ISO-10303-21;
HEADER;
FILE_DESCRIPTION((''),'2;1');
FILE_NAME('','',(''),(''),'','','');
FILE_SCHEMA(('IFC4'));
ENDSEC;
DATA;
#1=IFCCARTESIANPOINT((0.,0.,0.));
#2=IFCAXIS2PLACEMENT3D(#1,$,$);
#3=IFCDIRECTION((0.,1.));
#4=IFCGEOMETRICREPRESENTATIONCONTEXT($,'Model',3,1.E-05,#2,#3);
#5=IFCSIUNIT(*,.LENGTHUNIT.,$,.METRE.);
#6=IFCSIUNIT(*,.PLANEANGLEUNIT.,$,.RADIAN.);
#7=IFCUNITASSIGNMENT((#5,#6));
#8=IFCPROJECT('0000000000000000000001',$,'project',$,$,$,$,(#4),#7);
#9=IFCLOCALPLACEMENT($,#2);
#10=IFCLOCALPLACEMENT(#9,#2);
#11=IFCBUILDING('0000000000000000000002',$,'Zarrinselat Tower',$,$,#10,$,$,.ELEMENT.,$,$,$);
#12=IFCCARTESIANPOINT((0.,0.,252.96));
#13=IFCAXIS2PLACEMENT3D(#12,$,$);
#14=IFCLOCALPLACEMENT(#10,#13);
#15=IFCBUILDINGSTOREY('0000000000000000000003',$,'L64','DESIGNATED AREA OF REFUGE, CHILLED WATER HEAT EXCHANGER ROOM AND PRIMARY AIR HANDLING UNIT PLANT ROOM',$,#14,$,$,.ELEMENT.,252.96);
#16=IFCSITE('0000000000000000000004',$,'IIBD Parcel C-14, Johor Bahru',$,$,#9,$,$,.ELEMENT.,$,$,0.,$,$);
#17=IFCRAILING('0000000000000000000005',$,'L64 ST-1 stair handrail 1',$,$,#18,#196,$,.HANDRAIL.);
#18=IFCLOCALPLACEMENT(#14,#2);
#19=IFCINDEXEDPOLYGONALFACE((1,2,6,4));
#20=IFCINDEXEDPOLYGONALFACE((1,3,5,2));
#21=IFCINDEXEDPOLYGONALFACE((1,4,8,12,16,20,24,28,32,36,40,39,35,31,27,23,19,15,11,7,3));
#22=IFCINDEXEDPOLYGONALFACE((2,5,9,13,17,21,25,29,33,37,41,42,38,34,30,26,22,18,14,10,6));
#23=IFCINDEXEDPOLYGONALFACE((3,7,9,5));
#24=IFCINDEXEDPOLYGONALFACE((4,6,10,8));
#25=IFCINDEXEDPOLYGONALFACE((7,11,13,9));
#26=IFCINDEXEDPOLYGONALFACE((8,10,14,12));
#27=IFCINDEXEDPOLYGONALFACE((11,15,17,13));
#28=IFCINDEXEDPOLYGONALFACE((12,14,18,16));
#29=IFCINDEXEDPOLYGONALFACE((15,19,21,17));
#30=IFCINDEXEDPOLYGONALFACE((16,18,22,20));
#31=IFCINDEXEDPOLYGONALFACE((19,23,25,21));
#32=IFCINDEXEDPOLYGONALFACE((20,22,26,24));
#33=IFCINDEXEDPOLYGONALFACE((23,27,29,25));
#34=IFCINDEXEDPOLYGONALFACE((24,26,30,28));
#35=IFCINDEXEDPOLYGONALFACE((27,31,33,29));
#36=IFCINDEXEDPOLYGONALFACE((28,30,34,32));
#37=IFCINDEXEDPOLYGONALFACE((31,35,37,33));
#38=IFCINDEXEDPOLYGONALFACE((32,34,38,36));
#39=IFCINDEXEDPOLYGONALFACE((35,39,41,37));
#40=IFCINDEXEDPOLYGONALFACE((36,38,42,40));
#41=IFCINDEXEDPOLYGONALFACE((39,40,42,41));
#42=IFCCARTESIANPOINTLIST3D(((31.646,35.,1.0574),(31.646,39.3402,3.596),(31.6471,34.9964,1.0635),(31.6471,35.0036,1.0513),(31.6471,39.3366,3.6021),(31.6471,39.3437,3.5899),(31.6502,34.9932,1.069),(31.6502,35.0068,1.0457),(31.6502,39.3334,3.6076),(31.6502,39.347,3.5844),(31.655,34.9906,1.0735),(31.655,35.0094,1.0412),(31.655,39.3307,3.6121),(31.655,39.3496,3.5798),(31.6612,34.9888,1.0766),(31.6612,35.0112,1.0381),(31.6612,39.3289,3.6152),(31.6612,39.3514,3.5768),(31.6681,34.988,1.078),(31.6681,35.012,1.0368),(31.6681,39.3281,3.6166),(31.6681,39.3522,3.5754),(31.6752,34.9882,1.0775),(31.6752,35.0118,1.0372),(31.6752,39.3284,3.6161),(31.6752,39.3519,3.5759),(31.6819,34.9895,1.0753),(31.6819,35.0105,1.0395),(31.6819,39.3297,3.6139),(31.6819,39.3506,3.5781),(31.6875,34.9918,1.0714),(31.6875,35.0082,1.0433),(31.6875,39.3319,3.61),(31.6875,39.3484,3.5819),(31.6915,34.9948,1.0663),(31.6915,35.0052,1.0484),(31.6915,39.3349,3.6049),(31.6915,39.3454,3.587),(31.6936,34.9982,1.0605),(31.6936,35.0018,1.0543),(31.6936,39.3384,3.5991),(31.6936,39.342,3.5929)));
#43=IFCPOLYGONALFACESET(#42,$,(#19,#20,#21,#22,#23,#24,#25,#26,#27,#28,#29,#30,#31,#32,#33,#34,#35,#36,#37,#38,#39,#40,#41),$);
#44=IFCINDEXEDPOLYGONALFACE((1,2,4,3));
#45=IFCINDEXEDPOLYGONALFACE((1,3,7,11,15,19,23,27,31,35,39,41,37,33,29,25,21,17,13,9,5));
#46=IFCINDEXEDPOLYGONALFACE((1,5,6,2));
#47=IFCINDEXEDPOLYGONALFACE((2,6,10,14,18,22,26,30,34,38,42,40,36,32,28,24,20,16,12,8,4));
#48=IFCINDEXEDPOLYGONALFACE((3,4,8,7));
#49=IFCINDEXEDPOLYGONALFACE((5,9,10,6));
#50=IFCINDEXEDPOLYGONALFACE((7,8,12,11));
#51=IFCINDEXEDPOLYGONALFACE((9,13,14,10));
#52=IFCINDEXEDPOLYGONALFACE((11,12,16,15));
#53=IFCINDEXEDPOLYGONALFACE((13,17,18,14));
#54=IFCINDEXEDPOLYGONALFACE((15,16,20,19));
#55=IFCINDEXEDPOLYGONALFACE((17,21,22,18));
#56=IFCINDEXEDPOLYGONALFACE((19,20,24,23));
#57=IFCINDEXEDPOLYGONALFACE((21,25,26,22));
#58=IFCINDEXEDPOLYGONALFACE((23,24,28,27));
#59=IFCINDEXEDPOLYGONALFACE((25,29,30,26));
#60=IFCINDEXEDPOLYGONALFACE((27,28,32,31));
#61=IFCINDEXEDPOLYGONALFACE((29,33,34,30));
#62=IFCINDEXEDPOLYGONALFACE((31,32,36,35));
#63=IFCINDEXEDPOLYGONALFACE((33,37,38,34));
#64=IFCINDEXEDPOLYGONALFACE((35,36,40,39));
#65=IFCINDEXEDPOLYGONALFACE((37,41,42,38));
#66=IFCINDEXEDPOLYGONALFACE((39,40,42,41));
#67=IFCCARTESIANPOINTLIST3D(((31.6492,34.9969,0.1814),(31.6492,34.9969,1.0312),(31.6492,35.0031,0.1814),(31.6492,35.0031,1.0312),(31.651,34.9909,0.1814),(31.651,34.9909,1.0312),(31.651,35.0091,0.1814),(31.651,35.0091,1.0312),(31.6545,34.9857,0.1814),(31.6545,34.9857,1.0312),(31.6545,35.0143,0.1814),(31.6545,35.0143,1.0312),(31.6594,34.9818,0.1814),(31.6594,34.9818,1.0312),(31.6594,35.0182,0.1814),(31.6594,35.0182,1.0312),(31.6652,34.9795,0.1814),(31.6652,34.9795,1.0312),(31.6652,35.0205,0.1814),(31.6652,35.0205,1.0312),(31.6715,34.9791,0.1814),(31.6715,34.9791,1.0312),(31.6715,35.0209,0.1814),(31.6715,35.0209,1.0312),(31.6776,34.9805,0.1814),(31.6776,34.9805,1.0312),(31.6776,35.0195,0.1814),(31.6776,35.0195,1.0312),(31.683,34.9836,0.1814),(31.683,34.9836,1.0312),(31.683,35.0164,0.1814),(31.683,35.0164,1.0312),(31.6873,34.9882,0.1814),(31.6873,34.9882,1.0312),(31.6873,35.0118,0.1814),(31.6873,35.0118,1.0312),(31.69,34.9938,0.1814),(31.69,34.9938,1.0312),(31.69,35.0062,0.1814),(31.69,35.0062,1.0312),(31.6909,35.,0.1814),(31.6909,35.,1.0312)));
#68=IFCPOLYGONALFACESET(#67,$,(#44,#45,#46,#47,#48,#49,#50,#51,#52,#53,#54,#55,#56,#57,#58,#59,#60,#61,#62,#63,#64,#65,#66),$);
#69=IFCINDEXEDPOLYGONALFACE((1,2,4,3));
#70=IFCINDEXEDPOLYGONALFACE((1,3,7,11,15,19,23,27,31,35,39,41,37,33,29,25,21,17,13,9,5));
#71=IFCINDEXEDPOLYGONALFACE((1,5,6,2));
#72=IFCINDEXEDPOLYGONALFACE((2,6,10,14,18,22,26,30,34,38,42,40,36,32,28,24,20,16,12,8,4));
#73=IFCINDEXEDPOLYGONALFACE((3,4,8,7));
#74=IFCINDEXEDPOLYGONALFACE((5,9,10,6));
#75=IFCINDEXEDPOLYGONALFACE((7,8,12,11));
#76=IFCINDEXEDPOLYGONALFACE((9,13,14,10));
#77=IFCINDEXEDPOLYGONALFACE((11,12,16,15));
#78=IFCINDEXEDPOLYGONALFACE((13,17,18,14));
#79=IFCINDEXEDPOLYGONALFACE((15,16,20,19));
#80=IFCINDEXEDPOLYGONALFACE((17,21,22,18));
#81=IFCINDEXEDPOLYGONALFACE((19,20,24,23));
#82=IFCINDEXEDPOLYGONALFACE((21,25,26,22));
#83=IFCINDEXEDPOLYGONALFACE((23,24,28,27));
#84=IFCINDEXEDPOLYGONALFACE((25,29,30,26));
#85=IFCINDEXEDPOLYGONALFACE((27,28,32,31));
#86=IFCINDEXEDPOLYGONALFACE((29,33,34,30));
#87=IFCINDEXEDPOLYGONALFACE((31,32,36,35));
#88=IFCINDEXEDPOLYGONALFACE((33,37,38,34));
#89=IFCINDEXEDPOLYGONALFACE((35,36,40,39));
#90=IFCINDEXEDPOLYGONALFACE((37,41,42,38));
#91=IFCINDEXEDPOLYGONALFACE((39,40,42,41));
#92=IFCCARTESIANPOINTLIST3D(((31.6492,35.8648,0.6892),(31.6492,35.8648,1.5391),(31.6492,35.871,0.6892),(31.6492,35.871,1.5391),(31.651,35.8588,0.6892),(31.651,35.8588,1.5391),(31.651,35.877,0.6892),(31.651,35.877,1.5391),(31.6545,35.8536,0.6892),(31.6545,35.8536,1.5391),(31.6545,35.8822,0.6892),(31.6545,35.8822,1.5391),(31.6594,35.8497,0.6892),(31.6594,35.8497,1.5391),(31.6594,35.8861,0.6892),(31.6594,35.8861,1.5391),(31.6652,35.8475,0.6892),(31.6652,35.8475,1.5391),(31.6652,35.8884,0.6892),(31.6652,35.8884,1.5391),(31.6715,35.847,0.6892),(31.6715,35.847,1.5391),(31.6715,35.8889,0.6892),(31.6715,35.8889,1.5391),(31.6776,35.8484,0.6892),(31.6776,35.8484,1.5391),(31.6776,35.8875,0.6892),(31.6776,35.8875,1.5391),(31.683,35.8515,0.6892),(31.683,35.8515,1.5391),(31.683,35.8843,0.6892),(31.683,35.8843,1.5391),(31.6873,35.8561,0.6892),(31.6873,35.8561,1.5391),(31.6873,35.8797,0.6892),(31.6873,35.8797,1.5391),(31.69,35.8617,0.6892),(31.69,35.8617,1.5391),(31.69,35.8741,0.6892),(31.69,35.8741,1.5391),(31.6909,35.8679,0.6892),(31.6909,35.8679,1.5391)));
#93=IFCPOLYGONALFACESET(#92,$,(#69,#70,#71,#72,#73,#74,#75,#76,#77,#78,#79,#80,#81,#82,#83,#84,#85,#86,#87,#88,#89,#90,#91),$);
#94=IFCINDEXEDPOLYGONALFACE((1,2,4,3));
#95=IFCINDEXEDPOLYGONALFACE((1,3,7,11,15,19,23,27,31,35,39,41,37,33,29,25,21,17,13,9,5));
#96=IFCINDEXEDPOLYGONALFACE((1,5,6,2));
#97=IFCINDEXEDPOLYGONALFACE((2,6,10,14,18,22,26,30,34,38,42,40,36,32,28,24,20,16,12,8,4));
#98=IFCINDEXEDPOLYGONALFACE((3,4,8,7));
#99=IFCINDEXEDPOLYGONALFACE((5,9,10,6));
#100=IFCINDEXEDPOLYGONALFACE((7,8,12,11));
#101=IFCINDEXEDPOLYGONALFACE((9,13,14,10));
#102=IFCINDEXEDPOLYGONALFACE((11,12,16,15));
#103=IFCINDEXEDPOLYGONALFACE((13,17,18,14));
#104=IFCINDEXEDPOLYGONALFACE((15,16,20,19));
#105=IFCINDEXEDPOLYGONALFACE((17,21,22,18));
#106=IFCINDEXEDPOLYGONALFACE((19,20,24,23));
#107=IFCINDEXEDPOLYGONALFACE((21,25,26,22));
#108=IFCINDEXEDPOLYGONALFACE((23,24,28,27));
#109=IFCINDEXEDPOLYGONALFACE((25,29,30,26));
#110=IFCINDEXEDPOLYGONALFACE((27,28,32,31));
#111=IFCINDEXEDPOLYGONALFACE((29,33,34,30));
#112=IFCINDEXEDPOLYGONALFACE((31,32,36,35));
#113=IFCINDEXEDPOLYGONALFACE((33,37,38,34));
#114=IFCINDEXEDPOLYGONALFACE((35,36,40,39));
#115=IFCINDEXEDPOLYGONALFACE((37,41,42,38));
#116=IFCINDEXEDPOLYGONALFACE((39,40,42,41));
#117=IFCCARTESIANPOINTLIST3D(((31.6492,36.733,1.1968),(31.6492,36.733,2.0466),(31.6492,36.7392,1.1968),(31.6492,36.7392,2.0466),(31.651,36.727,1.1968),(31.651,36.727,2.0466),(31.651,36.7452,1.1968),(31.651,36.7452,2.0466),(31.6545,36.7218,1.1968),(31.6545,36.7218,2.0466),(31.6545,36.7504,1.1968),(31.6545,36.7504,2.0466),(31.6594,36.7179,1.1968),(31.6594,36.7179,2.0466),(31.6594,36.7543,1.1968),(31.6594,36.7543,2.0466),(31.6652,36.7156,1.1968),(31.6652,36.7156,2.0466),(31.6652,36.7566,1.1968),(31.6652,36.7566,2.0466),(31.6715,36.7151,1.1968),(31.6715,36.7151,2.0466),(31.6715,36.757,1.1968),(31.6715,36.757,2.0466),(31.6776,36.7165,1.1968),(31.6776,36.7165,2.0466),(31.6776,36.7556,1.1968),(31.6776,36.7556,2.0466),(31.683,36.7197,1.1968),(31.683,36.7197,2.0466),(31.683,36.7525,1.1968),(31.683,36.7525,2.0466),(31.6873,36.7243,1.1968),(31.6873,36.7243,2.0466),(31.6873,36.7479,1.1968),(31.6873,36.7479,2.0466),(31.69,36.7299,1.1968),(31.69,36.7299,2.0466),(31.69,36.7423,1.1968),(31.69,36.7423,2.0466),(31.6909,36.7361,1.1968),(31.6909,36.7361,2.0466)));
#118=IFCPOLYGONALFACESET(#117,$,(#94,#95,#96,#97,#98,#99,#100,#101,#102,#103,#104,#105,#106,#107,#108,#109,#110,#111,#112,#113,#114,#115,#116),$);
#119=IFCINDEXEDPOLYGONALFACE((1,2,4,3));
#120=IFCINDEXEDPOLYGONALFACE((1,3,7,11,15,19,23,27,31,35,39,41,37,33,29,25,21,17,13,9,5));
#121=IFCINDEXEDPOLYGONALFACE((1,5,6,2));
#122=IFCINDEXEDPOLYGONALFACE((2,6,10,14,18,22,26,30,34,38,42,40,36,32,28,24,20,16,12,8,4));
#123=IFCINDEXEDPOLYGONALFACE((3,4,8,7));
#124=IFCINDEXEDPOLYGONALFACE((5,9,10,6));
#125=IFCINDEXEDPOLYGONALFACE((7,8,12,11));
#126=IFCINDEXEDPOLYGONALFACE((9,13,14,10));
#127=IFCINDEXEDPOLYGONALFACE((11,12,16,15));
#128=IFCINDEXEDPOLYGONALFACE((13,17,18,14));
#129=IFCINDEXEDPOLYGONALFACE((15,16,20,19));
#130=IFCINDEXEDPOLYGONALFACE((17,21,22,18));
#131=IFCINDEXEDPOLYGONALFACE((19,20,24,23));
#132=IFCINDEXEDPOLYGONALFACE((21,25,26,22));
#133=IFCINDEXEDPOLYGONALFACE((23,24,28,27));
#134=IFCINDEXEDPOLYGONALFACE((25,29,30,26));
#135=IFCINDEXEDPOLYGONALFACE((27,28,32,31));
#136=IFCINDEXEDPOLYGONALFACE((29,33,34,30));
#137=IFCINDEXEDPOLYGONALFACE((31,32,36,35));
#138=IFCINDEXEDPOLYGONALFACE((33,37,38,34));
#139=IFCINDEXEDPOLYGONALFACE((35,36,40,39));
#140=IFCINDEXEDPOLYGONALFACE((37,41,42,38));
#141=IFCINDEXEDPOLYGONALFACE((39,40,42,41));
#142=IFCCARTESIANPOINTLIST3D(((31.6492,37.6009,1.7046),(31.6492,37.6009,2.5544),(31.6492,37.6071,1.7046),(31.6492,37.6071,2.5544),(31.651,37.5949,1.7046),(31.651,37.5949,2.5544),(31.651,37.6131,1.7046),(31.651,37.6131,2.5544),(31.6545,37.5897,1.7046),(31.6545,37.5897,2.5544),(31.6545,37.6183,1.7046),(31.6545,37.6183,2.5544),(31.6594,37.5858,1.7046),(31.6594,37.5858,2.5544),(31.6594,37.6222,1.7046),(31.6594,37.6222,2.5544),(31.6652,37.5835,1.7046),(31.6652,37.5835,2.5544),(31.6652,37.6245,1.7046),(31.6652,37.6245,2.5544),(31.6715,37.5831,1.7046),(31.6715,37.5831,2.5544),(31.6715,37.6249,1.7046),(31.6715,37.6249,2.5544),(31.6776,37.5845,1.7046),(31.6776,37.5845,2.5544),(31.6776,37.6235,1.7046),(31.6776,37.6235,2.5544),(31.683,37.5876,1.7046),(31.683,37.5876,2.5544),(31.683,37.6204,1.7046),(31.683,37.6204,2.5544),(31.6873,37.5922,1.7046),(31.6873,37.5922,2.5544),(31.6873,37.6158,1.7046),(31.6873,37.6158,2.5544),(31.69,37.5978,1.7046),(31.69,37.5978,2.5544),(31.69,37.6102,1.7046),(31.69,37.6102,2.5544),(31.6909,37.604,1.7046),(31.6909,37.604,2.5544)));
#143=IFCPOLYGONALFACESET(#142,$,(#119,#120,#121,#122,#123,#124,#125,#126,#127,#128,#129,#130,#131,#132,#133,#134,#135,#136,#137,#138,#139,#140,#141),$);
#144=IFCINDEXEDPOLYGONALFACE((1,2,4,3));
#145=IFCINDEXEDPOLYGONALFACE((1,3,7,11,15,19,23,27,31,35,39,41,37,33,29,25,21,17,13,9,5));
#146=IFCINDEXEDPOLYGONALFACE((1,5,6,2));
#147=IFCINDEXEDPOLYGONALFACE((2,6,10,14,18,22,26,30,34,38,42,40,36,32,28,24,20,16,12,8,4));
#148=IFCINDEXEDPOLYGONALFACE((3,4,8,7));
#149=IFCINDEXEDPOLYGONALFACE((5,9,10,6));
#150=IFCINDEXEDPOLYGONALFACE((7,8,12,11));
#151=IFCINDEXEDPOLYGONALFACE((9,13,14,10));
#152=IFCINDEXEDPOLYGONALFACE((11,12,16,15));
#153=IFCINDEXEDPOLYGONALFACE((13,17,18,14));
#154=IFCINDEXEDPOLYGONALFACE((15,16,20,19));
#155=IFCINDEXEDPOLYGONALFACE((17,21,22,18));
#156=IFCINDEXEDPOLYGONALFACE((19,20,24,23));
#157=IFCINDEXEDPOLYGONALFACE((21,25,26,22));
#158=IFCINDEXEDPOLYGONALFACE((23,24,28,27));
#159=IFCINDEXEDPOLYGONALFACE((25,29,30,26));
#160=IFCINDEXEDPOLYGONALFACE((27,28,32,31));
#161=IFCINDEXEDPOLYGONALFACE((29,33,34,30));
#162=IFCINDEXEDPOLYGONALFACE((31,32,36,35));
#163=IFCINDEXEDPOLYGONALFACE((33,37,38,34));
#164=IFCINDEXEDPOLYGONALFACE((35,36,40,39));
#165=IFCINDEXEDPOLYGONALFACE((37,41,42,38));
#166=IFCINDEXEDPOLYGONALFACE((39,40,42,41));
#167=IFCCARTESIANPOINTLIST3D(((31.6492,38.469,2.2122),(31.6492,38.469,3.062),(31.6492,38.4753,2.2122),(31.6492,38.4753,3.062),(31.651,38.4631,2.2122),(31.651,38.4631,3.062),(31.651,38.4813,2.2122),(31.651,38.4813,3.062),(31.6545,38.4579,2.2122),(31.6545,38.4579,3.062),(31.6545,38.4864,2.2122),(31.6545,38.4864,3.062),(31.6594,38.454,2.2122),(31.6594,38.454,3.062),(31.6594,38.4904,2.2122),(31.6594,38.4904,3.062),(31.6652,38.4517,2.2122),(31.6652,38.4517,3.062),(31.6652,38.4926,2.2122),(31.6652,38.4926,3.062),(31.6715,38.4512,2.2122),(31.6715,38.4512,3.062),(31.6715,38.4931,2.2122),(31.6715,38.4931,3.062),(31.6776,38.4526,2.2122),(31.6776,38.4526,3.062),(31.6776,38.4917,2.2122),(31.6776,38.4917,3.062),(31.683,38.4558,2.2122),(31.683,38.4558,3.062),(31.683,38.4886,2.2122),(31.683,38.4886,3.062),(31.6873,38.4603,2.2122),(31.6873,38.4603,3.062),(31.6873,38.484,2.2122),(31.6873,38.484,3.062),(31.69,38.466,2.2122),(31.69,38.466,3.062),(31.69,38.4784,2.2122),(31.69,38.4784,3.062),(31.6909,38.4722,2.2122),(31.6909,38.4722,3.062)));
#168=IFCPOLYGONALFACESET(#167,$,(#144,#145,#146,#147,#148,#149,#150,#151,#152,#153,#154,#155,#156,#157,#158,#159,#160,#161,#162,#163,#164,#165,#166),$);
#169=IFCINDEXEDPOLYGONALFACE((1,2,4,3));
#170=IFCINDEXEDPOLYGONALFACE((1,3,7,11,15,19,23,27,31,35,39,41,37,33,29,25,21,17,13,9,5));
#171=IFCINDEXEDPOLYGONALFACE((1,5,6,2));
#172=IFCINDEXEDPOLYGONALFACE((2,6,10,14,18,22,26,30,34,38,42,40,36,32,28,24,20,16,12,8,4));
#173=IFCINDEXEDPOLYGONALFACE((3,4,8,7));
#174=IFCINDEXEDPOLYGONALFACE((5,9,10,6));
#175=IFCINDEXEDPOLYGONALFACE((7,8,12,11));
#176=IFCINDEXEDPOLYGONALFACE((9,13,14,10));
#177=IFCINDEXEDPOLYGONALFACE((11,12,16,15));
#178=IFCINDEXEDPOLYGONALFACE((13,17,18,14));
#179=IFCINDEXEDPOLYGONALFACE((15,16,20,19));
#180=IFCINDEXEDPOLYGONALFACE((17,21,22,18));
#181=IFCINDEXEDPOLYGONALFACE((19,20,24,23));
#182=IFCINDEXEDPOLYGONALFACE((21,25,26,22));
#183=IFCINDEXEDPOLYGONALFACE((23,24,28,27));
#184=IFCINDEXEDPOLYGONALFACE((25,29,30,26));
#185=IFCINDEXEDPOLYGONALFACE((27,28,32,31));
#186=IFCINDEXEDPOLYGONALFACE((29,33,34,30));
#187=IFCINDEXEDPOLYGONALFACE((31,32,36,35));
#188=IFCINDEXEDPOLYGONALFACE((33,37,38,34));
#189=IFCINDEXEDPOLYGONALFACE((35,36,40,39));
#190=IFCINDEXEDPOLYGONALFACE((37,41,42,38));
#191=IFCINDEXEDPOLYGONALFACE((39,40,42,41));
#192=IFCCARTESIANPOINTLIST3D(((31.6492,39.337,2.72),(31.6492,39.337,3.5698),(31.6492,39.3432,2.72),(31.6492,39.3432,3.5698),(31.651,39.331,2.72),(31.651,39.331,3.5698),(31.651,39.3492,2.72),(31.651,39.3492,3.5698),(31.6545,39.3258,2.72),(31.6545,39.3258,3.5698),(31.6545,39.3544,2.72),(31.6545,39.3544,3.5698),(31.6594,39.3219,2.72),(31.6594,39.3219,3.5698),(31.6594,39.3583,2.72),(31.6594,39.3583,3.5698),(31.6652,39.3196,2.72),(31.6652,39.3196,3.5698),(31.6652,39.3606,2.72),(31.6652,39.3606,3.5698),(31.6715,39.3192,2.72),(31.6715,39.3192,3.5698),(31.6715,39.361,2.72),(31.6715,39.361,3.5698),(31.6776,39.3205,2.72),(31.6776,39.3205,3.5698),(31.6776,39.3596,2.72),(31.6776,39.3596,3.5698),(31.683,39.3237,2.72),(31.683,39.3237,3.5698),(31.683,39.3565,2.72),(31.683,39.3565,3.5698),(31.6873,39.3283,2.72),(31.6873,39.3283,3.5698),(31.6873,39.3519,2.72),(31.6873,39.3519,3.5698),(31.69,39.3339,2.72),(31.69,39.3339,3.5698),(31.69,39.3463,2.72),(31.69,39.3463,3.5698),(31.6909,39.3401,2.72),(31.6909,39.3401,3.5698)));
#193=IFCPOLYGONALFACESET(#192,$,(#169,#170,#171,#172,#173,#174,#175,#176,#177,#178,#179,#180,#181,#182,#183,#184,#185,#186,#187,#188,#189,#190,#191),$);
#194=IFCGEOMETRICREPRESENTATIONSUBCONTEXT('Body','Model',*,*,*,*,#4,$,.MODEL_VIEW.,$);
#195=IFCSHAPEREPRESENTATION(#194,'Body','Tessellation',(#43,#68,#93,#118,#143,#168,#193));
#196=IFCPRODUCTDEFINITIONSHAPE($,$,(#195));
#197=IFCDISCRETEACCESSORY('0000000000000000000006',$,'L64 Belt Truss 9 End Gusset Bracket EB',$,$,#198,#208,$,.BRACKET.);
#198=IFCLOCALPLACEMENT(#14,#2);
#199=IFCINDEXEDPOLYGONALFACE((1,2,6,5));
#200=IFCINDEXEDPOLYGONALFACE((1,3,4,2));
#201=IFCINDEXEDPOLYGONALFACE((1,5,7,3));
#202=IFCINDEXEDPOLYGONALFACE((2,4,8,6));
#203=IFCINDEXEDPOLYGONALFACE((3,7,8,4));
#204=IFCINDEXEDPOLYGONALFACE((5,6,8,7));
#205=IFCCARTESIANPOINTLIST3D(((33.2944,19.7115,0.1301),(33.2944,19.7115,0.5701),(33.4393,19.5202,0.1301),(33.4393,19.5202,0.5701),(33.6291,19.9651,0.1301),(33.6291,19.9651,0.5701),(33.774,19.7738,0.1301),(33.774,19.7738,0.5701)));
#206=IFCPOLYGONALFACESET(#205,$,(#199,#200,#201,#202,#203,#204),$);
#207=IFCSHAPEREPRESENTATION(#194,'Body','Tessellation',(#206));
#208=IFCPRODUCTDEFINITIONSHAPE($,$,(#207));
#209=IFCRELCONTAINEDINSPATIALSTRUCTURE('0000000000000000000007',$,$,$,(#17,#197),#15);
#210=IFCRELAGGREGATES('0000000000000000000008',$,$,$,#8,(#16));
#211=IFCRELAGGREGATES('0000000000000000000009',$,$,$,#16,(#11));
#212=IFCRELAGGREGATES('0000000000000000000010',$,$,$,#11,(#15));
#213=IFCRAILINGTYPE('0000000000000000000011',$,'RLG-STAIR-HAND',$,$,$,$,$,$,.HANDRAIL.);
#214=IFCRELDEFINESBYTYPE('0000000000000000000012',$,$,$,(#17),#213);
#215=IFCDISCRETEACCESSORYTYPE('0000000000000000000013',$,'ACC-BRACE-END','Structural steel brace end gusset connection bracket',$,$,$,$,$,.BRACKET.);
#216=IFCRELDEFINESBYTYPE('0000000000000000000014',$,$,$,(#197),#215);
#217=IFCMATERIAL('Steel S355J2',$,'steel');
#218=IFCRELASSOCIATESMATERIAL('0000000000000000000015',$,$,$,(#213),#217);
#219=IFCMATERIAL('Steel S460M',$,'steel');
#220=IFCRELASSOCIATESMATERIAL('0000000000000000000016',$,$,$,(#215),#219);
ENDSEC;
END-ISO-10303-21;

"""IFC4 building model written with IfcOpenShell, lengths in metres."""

from ifc_helpers import new_model, si_unit, direction, frame, origin, origin_2d, place, context, subcontext, project, spatial, rectangle, circle, extrude, material, type_object, element, save


model = new_model("IFC4")

# Units and contexts
model_context = context("Model", 3, precision=1e-05, world=origin(), true_north=direction((0.0, 1.0)))
body_context = subcontext(model_context, "Body", "Model", "MODEL_VIEW")
ifc_project = project(units=[si_unit("LENGTHUNIT", "METRE"), si_unit("PLANEANGLEUNIT", "RADIAN")], contexts=[model_context])

# Site, building, storey
site_placement = place(None, origin())
site = spatial("IfcSite", under=ifc_project, at=site_placement, Name="IIBD Parcel C-14, Johor Bahru", CompositionType="ELEMENT", RefElevation=0.0)
building_placement = place(site_placement, origin())
building = spatial("IfcBuilding", under=site, at=building_placement, Name="Zarrinselat Tower", CompositionType="ELEMENT")
storey_placement = place(building_placement, frame((0.0, 0.0, 252.96)))
storey = spatial("IfcBuildingStorey", under=building, at=storey_placement, Name="L64", Description="DESIGNATED AREA OF REFUGE, CHILLED WATER HEAT EXCHANGER ROOM AND PRIMARY AIR HANDLING UNIT PLANT ROOM", CompositionType="ELEMENT", Elevation=252.96)

# Railing
ifc_material_1 = material(Name="Steel S355J2", Category="steel")
railing_type_1 = type_object("IfcRailingType", Name="RLG-STAIR-HAND", PredefinedType="HANDRAIL", material=ifc_material_1)
railing_1_placement = place(storey_placement, frame((31.6699, 35.0, 0.1814)))
element("IfcRailing", 1, at=railing_1_placement, inside=storey, type_object=railing_type_1, Name="L64 ST-1 stair handrail 1", PredefinedType="HANDRAIL", context=body_context, shape_type="SweptSolid", body=[
    extrude(circle(Radius=0.0239, at=origin_2d()), frame((0.0, 0.0, 0.876), z_axis=(0.0, 0.863185, 0.504888), x_axis=(-1.0, 0.0, 0.0)), (0.0, 0.0, 1.0), 5.0281),
    extrude(circle(Radius=0.021, at=origin_2d()), origin(), (0.0, 0.0, 1.0), 0.8499),
    extrude(circle(Radius=0.021, at=origin_2d()), frame((0.0, 0.8679, 0.5078)), (0.0, 0.0, 1.0), 0.8499),
    extrude(circle(Radius=0.021, at=origin_2d()), frame((0.0, 1.7361, 1.0154)), (0.0, 0.0, 1.0), 0.8499),
    extrude(circle(Radius=0.021, at=origin_2d()), frame((0.0, 2.604, 1.5232)), (0.0, 0.0, 1.0), 0.8499),
    extrude(circle(Radius=0.021, at=origin_2d()), frame((0.0, 3.4722, 2.0308)), (0.0, 0.0, 1.0), 0.8499),
    extrude(circle(Radius=0.021, at=origin_2d()), frame((0.0, 4.3401, 2.5386)), (0.0, 0.0, 1.0), 0.8499),
])

# Discrete accessory
ifc_material_2 = material(Name="Steel S460M", Category="steel")
discrete_accessory_type = type_object("IfcDiscreteAccessoryType", Name="ACC-BRACE-END", Description="Structural steel brace end gusset connection bracket", PredefinedType="BRACKET", material=ifc_material_2)
for number, where, z_axis, x_axis, name in (
    (2, (33.5342, 19.7427, 0.1301), (0.0, 0.0, 1.0), (0.603863, -0.797088, 0.0), "L64 Belt Truss 9 End Gusset Bracket EB"),
):
    element("IfcDiscreteAccessory", number, at=place(storey_placement, frame(where, z_axis=z_axis, x_axis=x_axis)), inside=storey, type_object=discrete_accessory_type, Name=name, PredefinedType="BRACKET", context=body_context, shape_type="SweptSolid", body=[
        extrude(rectangle(XDim=0.24, YDim=0.4199, at=origin_2d()), origin(), (0.0, 0.0, 1.0), 0.4399),
    ])

save(model, "model.ifc")
